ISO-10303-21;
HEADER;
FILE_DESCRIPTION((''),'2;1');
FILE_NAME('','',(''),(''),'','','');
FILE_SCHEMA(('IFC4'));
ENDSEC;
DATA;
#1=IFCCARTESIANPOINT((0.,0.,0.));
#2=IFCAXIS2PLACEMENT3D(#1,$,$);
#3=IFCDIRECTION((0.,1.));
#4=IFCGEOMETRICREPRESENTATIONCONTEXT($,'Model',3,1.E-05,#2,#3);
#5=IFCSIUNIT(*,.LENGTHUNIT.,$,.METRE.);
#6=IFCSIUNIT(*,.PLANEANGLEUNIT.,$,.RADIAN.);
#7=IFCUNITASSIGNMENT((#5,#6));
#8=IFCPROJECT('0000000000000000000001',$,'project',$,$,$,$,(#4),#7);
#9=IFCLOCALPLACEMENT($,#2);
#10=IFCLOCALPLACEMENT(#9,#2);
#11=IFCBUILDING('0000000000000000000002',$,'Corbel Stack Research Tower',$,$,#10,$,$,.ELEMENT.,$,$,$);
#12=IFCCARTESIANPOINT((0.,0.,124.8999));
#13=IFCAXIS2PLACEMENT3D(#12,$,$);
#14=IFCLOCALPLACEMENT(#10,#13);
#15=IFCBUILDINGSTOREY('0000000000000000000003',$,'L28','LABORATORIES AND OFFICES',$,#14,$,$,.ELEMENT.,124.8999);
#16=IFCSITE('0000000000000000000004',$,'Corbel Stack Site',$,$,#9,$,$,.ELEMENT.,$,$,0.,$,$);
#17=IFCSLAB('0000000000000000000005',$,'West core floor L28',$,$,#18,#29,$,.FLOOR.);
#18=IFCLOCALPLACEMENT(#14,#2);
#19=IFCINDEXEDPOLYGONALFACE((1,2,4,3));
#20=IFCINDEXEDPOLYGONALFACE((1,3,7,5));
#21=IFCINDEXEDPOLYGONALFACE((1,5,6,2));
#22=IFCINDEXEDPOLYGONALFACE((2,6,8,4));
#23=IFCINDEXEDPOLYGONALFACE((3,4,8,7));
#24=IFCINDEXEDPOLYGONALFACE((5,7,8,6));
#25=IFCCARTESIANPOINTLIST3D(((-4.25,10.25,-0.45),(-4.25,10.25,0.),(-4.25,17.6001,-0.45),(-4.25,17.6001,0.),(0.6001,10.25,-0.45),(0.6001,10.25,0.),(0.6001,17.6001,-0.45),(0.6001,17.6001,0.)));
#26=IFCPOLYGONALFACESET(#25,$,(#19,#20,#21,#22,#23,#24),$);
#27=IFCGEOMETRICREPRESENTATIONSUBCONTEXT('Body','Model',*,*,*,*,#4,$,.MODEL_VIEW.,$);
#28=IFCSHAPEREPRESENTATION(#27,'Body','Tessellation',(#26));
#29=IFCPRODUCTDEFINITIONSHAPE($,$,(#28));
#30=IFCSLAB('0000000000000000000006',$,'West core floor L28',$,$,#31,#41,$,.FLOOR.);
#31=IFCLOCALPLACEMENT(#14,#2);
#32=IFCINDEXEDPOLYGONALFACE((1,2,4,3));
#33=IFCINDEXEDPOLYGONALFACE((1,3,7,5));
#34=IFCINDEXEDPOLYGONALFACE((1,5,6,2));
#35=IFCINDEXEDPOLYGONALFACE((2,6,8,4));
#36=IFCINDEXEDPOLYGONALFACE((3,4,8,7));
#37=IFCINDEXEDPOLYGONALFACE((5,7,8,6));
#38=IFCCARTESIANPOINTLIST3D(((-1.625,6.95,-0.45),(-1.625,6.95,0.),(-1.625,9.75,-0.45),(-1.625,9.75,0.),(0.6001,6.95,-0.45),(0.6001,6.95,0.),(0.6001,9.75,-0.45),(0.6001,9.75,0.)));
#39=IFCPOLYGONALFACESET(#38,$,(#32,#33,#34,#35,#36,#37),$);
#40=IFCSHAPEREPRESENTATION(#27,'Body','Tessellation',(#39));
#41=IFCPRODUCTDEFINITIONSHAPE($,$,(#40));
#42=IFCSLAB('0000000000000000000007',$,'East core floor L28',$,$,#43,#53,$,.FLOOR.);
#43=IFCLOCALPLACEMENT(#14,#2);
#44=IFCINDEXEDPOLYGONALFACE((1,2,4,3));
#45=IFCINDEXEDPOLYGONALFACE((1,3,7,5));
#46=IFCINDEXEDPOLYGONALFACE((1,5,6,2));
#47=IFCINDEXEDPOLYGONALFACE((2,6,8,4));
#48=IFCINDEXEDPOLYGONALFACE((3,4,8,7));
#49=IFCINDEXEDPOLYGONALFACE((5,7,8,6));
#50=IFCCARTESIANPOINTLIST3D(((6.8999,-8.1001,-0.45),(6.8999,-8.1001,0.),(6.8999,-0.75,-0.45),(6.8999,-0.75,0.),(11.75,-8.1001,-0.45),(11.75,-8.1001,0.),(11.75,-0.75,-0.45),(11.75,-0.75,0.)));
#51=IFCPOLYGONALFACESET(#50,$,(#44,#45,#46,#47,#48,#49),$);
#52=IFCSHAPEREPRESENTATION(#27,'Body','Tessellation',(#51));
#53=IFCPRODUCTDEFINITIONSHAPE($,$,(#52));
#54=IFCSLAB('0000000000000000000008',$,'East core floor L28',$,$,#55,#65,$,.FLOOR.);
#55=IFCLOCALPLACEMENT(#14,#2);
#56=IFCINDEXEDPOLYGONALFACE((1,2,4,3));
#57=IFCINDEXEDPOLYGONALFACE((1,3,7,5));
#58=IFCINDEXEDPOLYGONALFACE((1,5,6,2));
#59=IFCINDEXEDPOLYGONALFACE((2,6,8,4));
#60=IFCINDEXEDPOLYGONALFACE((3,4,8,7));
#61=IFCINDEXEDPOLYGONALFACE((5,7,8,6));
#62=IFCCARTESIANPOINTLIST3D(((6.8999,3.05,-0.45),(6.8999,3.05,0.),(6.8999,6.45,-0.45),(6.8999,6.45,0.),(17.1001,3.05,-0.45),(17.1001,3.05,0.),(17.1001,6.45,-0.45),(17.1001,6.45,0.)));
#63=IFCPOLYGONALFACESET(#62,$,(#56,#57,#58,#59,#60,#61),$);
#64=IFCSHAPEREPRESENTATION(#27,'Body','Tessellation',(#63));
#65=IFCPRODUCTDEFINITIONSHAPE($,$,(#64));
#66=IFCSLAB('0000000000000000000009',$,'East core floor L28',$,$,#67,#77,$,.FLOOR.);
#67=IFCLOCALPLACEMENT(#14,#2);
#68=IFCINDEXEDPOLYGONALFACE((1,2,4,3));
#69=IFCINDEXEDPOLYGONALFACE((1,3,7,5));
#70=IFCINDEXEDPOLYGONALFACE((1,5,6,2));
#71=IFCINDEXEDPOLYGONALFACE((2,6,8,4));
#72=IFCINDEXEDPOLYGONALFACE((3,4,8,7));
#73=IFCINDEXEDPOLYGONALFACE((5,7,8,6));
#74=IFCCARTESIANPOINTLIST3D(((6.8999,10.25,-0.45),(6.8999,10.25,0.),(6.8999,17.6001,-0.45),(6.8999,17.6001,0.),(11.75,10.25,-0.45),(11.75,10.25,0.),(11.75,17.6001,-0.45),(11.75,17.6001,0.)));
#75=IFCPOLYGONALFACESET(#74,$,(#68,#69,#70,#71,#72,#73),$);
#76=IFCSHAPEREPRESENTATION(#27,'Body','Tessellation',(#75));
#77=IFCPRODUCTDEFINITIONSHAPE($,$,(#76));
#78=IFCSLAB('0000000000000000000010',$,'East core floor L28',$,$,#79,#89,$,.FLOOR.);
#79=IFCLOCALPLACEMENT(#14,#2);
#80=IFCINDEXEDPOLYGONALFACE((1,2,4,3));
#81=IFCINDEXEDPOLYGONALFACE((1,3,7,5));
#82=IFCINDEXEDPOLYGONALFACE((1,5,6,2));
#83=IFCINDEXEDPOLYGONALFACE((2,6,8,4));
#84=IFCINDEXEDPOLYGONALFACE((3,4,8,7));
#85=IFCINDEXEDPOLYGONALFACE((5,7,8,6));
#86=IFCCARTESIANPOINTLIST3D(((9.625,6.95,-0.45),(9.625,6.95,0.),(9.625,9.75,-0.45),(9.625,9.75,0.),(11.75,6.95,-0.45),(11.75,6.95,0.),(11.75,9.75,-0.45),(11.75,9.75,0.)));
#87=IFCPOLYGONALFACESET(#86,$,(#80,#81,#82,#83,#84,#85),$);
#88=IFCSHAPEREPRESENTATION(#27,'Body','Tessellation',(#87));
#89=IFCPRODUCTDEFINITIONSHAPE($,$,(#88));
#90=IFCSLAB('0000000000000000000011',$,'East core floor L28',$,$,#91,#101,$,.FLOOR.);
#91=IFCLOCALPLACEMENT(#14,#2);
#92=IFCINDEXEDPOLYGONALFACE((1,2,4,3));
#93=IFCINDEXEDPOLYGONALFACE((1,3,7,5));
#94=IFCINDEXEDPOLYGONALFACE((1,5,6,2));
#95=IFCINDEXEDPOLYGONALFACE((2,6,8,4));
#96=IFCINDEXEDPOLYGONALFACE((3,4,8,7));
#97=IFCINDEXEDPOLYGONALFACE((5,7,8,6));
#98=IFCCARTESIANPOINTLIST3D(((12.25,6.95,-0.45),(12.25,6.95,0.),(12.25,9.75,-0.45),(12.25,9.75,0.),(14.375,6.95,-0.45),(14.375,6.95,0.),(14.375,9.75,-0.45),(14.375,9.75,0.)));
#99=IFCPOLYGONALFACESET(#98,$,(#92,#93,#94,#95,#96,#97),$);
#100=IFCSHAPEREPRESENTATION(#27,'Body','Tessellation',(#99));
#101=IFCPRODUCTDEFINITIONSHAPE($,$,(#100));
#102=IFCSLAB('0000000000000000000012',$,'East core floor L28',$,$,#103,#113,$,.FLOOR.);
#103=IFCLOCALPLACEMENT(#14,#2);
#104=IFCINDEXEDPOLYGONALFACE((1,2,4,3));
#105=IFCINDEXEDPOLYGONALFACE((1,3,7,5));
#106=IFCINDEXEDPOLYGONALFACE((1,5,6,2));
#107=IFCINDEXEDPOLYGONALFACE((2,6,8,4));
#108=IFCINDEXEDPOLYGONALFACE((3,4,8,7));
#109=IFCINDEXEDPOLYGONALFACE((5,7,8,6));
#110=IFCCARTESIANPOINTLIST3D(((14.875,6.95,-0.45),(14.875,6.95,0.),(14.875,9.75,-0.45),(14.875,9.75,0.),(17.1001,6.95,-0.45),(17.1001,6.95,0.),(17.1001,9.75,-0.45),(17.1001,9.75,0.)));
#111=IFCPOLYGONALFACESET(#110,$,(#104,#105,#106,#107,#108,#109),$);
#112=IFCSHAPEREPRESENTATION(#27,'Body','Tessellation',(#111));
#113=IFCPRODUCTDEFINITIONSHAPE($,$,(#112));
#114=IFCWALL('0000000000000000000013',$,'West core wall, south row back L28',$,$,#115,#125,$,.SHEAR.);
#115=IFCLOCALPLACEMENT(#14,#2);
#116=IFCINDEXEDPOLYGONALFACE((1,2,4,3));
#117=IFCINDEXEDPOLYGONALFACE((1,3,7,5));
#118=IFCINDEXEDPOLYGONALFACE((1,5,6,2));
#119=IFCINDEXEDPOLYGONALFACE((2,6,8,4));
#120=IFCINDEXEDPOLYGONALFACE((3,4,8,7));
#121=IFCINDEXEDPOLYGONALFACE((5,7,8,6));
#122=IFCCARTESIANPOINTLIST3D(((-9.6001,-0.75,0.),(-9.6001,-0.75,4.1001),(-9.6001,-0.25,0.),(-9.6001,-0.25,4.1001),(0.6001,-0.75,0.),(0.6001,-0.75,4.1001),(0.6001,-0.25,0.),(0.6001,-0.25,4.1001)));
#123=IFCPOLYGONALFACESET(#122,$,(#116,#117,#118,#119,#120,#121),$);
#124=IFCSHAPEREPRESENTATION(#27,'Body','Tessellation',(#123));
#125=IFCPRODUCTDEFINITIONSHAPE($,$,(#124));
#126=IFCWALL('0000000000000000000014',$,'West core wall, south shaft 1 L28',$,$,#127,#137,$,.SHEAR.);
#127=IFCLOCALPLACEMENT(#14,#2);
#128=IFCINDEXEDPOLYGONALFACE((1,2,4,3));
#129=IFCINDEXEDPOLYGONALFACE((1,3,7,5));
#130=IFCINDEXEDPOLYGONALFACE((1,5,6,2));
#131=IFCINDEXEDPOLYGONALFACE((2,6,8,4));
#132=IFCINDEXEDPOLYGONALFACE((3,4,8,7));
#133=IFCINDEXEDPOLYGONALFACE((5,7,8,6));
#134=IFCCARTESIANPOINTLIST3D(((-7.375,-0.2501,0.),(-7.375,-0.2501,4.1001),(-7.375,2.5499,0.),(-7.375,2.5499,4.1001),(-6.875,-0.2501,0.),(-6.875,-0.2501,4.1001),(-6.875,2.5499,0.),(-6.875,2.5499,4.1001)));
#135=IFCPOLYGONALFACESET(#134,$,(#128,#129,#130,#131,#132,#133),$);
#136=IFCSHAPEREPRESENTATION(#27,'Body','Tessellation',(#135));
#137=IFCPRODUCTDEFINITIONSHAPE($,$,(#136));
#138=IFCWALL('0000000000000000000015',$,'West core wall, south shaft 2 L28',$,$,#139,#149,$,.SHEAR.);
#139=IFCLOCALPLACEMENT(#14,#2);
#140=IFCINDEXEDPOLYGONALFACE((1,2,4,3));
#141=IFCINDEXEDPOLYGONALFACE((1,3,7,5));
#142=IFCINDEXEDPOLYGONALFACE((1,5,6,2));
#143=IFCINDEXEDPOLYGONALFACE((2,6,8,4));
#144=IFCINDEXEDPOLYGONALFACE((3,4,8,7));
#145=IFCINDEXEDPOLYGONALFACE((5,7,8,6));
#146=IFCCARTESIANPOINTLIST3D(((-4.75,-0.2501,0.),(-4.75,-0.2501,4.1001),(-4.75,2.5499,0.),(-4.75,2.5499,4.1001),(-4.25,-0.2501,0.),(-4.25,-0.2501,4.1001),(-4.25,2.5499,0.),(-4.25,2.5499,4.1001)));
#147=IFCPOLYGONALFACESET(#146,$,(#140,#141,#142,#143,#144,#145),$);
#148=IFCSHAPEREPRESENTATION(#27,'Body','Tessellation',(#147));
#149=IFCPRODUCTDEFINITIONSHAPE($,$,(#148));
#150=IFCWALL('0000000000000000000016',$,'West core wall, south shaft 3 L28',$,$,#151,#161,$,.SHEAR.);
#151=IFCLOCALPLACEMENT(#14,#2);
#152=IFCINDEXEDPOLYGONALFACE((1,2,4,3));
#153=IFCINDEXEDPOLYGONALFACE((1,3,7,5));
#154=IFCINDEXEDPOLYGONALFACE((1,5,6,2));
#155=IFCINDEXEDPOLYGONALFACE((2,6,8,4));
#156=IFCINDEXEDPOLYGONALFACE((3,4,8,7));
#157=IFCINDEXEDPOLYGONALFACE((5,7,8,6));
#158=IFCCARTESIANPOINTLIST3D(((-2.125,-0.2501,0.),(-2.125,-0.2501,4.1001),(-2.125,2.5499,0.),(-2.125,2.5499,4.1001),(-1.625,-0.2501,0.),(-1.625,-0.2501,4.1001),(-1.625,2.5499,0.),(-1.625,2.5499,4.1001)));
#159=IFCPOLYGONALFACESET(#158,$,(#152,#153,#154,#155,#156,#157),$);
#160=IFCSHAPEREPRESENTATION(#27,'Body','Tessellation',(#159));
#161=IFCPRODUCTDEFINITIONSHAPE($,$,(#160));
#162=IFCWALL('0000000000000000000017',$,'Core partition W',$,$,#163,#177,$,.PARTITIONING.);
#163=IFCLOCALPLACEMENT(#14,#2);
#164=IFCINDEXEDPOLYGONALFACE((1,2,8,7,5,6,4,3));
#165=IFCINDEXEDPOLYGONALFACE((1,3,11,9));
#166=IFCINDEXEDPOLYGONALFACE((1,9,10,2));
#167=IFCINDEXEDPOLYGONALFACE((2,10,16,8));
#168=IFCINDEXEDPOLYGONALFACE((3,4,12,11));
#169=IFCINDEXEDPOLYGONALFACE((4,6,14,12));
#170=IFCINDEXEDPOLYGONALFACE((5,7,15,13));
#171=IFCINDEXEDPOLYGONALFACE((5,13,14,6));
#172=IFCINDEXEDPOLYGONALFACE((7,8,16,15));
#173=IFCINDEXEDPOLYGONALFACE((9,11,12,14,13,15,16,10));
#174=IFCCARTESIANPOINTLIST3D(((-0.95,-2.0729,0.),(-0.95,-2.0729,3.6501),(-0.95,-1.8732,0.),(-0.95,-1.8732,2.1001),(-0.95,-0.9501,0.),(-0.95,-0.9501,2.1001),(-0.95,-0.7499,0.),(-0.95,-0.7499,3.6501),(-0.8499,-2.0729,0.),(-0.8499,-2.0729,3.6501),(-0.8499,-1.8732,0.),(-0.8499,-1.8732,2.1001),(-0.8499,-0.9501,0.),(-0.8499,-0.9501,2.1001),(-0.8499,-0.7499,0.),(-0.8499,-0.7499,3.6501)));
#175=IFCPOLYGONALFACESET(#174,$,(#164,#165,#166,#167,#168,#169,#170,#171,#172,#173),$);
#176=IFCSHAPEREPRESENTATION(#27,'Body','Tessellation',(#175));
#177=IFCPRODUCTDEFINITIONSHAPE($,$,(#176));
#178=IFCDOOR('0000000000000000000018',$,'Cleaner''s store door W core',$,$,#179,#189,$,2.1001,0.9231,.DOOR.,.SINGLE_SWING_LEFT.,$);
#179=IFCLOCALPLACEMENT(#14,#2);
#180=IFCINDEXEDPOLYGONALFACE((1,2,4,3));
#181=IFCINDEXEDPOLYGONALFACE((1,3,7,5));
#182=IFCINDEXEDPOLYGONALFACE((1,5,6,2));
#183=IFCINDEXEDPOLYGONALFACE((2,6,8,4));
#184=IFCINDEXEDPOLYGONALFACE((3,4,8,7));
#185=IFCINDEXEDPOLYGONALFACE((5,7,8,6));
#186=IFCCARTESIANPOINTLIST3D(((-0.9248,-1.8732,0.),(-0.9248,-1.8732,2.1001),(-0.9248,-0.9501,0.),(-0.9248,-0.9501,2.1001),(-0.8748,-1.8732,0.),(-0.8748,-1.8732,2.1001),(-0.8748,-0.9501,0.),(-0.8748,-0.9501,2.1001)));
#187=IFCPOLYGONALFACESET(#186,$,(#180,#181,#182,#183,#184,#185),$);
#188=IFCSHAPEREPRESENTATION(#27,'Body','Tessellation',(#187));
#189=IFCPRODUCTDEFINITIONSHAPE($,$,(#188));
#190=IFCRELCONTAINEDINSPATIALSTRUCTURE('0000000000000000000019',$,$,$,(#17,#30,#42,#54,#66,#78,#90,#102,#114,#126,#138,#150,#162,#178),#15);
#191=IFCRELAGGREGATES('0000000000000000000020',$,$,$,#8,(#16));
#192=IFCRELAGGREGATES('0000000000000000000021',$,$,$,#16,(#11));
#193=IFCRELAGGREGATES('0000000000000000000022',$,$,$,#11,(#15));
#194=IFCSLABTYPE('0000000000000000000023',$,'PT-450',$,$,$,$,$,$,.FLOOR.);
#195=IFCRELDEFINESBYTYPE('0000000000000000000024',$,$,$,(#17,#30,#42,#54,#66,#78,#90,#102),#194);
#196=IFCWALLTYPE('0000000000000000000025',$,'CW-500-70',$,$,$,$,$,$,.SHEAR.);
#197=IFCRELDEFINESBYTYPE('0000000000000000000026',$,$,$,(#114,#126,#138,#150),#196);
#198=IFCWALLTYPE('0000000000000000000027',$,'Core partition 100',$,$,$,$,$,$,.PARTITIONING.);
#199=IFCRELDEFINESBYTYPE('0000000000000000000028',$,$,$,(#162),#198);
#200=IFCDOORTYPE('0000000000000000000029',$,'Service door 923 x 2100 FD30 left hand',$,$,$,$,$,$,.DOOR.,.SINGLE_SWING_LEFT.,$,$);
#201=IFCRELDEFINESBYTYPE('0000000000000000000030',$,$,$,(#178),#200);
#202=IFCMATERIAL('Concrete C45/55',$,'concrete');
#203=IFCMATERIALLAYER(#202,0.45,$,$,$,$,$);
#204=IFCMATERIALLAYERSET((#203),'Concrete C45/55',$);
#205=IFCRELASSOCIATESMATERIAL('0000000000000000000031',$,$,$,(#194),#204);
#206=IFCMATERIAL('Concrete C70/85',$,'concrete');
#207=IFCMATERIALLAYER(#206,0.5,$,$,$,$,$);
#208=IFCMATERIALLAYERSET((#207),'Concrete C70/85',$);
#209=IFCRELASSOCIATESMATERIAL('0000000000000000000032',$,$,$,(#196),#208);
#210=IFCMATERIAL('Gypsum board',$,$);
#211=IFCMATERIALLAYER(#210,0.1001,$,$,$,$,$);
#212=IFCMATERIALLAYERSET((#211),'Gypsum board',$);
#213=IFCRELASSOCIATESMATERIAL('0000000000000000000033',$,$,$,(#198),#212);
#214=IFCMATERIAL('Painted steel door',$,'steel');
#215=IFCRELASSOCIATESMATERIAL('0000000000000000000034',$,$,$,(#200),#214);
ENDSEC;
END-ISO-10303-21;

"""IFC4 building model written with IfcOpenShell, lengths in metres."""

from ifc_helpers import new_model, si_unit, direction, frame, frame_2d, origin, place, context, subcontext, project, spatial, polyline, rectangle, outline, extrude, material, layer, layer_set, type_object, element, fill, save


model = new_model("IFC4")

# Units and contexts
model_context = context("Model", 3, precision=1e-05, world=origin(), true_north=direction((0.0, 1.0)))
body_context = subcontext(model_context, "Body", "Model", "MODEL_VIEW")
ifc_project = project(units=[si_unit("LENGTHUNIT", "METRE"), si_unit("PLANEANGLEUNIT", "RADIAN")], contexts=[model_context])

# Site, building, storey
site_placement = place(None, origin())
site = spatial("IfcSite", under=ifc_project, at=site_placement, Name="Corbel Stack Site", CompositionType="ELEMENT", RefElevation=0.0)
building_placement = place(site_placement, origin())
building = spatial("IfcBuilding", under=site, at=building_placement, Name="Corbel Stack Research Tower", CompositionType="ELEMENT")
storey_placement = place(building_placement, frame((0.0, 0.0, 124.8999)))
storey = spatial("IfcBuildingStorey", under=building, at=storey_placement, Name="L28", Description="LABORATORIES AND OFFICES", CompositionType="ELEMENT", Elevation=124.8999)

# Slabs
ifc_material_1 = material(Name="Concrete C45/55", Category="concrete")
ifc_layer_1 = layer(ifc_material_1, 0.45)
ifc_layer_set_1 = layer_set([ifc_layer_1], Name="Concrete C45/55")
slab_type_1 = type_object("IfcSlabType", Name="PT-450", PredefinedType="FLOOR", material=ifc_layer_set_1)
slab_1_placement = place(storey_placement, frame((0.0, 0.0, -0.45)))
element("IfcSlab", 1, at=slab_1_placement, inside=storey, type_object=slab_type_1, Name="West core floor L28", PredefinedType="FLOOR", context=body_context, shape_type="SweptSolid", body=[
    extrude(outline(polyline([(0.6001, 17.6001), (-4.25, 17.6001), (-4.25, 10.25), (0.6001, 10.25), (0.6001, 17.6001)])), origin(), (0.0, 0.0, 1.0), 0.45),
])
slab_2_placement = place(storey_placement, frame((0.0, 0.0, -0.45)))
element("IfcSlab", 2, at=slab_2_placement, inside=storey, type_object=slab_type_1, Name="West core floor L28", PredefinedType="FLOOR", context=body_context, shape_type="SweptSolid", body=[
    extrude(outline(polyline([(0.6001, 9.75), (-1.625, 9.75), (-1.625, 6.95), (0.6001, 6.95), (0.6001, 9.75)])), origin(), (0.0, 0.0, 1.0), 0.45),
])
slab_3_placement = place(storey_placement, frame((0.0, 0.0, -0.45)))
element("IfcSlab", 3, at=slab_3_placement, inside=storey, type_object=slab_type_1, Name="East core floor L28", PredefinedType="FLOOR", context=body_context, shape_type="SweptSolid", body=[
    extrude(outline(polyline([(11.75, -0.75), (6.8999, -0.75), (6.8999, -8.1001), (11.75, -8.1001), (11.75, -0.75)])), origin(), (0.0, 0.0, 1.0), 0.45),
])
slab_4_placement = place(storey_placement, frame((0.0, 0.0, -0.45)))
element("IfcSlab", 4, at=slab_4_placement, inside=storey, type_object=slab_type_1, Name="East core floor L28", PredefinedType="FLOOR", context=body_context, shape_type="SweptSolid", body=[
    extrude(outline(polyline([(6.8999, 6.45), (6.8999, 3.05), (17.1001, 3.05), (17.1001, 6.45), (6.8999, 6.45)])), origin(), (0.0, 0.0, 1.0), 0.45),
])
slab_5_placement = place(storey_placement, frame((0.0, 0.0, -0.45)))
element("IfcSlab", 5, at=slab_5_placement, inside=storey, type_object=slab_type_1, Name="East core floor L28", PredefinedType="FLOOR", context=body_context, shape_type="SweptSolid", body=[
    extrude(outline(polyline([(6.8999, 17.6001), (6.8999, 10.25), (11.75, 10.25), (11.75, 17.6001), (6.8999, 17.6001)])), origin(), (0.0, 0.0, 1.0), 0.45),
])
slab_6_placement = place(storey_placement, frame((0.0, 0.0, -0.45)))
element("IfcSlab", 6, at=slab_6_placement, inside=storey, type_object=slab_type_1, Name="East core floor L28", PredefinedType="FLOOR", context=body_context, shape_type="SweptSolid", body=[
    extrude(outline(polyline([(9.625, 6.95), (11.75, 6.95), (11.75, 9.75), (9.625, 9.75), (9.625, 6.95)])), origin(), (0.0, 0.0, 1.0), 0.45),
])
slab_7_placement = place(storey_placement, frame((0.0, 0.0, -0.45)))
element("IfcSlab", 7, at=slab_7_placement, inside=storey, type_object=slab_type_1, Name="East core floor L28", PredefinedType="FLOOR", context=body_context, shape_type="SweptSolid", body=[
    extrude(outline(polyline([(14.375, 6.95), (14.375, 9.75), (12.25, 9.75), (12.25, 6.95), (14.375, 6.95)])), origin(), (0.0, 0.0, 1.0), 0.45),
])
slab_8_placement = place(storey_placement, frame((0.0, 0.0, -0.45)))
element("IfcSlab", 8, at=slab_8_placement, inside=storey, type_object=slab_type_1, Name="East core floor L28", PredefinedType="FLOOR", context=body_context, shape_type="SweptSolid", body=[
    extrude(outline(polyline([(17.1001, 6.95), (17.1001, 9.75), (14.875, 9.75), (14.875, 6.95), (17.1001, 6.95)])), origin(), (0.0, 0.0, 1.0), 0.45),
])

# Walls
ifc_material_2 = material(Name="Concrete C70/85", Category="concrete")
ifc_layer_2 = layer(ifc_material_2, 0.5)
ifc_layer_set_2 = layer_set([ifc_layer_2], Name="Concrete C70/85")
wall_type_1 = type_object("IfcWallType", Name="CW-500-70", PredefinedType="SHEAR", material=ifc_layer_set_2)
wall_1_placement = place(storey_placement, frame((-9.6001, -0.5, 0.0), z_axis=(0.0, 0.0, 1.0), x_axis=(1.0, 0.0, 0.0)))
element("IfcWall", 9, at=wall_1_placement, inside=storey, type_object=wall_type_1, Name="West core wall, south row back L28", PredefinedType="SHEAR", context=body_context, shape_type="SweptSolid", body=[
    extrude(rectangle(XDim=10.2002, YDim=0.5, at=frame_2d((5.1001, 0.0))), origin(), (0.0, 0.0, 1.0), 4.1001),
])
for number, where, z_axis, x_axis, name in (
    (10, (-7.125, -0.25, 0.0), (0.0, 0.0, 1.0), (0.0, 1.0, 0.0), "West core wall, south shaft 1 L28"),
    (11, (-4.5, -0.25, 0.0), (0.0, 0.0, 1.0), (0.0, 1.0, 0.0), "West core wall, south shaft 2 L28"),
    (12, (-1.875, -0.25, 0.0), (0.0, 0.0, 1.0), (0.0, 1.0, 0.0), "West core wall, south shaft 3 L28"),
):
    element("IfcWall", number, at=place(storey_placement, frame(where, z_axis=z_axis, x_axis=x_axis)), inside=storey, type_object=wall_type_1, Name=name, PredefinedType="SHEAR", context=body_context, shape_type="SweptSolid", body=[
        extrude(rectangle(XDim=2.8, YDim=0.5, at=frame_2d((1.3999, 0.0))), origin(), (0.0, 0.0, 1.0), 4.1001),
    ])

# Wall, opening, door
ifc_material_3 = material(Name="Gypsum board")
ifc_layer_3 = layer(ifc_material_3, 0.1001)
ifc_layer_set_3 = layer_set([ifc_layer_3], Name="Gypsum board")
wall_type_2 = type_object("IfcWallType", Name="Core partition 100", PredefinedType="PARTITIONING", material=ifc_layer_set_3)
wall_2_placement = place(storey_placement, frame((-0.8999, -2.073, 0.0), z_axis=(0.0, 0.0, 1.0), x_axis=(0.0, 1.0, 0.0)))
wall_2 = element("IfcWall", 13, at=wall_2_placement, inside=storey, type_object=wall_type_2, Name="Core partition W", PredefinedType="PARTITIONING", context=body_context, shape_type="SweptSolid", body=[
    extrude(rectangle(XDim=1.323, YDim=0.1001, at=frame_2d((0.6616, 0.0))), origin(), (0.0, 0.0, 1.0), 3.6501),
])
opening_placement = place(wall_2_placement, frame((0.2, 0.0, 0.0)))
opening = element("IfcOpeningElement", 14, at=opening_placement, cuts=wall_2, PredefinedType="OPENING", context=body_context, shape_type="SweptSolid", body=[
    extrude(rectangle(XDim=0.9231, YDim=2.1001, at=frame_2d((0.4614, 1.05))), frame((0.0, 0.0601, 0.0), z_axis=(0.0, -1.0, 0.0), x_axis=(1.0, 0.0, 0.0)), (0.0, 0.0, 1.0), 0.1201),
])
ifc_material_4 = material(Name="Painted steel door", Category="steel")
door_type = type_object("IfcDoorType", Name="Service door 923 x 2100 FD30 left hand", OperationType="SINGLE_SWING_LEFT", PredefinedType="DOOR", material=ifc_material_4)
door_placement = place(opening_placement, origin())
door = element("IfcDoor", 15, at=door_placement, inside=storey, type_object=door_type, Name="Cleaner's store door W core", OperationType="SINGLE_SWING_LEFT", OverallHeight=2.1001, OverallWidth=0.9231, PredefinedType="DOOR", context=body_context, shape_type="SweptSolid", body=[
    extrude(rectangle(XDim=0.9231, YDim=2.1001, at=frame_2d((0.4614, 1.05))), frame((0.0, 0.0249, 0.0), z_axis=(0.0, -1.0, 0.0), x_axis=(1.0, 0.0, 0.0)), (0.0, 0.0, 1.0), 0.05),
])
fill(opening, door)

save(model, "model.ifc")
